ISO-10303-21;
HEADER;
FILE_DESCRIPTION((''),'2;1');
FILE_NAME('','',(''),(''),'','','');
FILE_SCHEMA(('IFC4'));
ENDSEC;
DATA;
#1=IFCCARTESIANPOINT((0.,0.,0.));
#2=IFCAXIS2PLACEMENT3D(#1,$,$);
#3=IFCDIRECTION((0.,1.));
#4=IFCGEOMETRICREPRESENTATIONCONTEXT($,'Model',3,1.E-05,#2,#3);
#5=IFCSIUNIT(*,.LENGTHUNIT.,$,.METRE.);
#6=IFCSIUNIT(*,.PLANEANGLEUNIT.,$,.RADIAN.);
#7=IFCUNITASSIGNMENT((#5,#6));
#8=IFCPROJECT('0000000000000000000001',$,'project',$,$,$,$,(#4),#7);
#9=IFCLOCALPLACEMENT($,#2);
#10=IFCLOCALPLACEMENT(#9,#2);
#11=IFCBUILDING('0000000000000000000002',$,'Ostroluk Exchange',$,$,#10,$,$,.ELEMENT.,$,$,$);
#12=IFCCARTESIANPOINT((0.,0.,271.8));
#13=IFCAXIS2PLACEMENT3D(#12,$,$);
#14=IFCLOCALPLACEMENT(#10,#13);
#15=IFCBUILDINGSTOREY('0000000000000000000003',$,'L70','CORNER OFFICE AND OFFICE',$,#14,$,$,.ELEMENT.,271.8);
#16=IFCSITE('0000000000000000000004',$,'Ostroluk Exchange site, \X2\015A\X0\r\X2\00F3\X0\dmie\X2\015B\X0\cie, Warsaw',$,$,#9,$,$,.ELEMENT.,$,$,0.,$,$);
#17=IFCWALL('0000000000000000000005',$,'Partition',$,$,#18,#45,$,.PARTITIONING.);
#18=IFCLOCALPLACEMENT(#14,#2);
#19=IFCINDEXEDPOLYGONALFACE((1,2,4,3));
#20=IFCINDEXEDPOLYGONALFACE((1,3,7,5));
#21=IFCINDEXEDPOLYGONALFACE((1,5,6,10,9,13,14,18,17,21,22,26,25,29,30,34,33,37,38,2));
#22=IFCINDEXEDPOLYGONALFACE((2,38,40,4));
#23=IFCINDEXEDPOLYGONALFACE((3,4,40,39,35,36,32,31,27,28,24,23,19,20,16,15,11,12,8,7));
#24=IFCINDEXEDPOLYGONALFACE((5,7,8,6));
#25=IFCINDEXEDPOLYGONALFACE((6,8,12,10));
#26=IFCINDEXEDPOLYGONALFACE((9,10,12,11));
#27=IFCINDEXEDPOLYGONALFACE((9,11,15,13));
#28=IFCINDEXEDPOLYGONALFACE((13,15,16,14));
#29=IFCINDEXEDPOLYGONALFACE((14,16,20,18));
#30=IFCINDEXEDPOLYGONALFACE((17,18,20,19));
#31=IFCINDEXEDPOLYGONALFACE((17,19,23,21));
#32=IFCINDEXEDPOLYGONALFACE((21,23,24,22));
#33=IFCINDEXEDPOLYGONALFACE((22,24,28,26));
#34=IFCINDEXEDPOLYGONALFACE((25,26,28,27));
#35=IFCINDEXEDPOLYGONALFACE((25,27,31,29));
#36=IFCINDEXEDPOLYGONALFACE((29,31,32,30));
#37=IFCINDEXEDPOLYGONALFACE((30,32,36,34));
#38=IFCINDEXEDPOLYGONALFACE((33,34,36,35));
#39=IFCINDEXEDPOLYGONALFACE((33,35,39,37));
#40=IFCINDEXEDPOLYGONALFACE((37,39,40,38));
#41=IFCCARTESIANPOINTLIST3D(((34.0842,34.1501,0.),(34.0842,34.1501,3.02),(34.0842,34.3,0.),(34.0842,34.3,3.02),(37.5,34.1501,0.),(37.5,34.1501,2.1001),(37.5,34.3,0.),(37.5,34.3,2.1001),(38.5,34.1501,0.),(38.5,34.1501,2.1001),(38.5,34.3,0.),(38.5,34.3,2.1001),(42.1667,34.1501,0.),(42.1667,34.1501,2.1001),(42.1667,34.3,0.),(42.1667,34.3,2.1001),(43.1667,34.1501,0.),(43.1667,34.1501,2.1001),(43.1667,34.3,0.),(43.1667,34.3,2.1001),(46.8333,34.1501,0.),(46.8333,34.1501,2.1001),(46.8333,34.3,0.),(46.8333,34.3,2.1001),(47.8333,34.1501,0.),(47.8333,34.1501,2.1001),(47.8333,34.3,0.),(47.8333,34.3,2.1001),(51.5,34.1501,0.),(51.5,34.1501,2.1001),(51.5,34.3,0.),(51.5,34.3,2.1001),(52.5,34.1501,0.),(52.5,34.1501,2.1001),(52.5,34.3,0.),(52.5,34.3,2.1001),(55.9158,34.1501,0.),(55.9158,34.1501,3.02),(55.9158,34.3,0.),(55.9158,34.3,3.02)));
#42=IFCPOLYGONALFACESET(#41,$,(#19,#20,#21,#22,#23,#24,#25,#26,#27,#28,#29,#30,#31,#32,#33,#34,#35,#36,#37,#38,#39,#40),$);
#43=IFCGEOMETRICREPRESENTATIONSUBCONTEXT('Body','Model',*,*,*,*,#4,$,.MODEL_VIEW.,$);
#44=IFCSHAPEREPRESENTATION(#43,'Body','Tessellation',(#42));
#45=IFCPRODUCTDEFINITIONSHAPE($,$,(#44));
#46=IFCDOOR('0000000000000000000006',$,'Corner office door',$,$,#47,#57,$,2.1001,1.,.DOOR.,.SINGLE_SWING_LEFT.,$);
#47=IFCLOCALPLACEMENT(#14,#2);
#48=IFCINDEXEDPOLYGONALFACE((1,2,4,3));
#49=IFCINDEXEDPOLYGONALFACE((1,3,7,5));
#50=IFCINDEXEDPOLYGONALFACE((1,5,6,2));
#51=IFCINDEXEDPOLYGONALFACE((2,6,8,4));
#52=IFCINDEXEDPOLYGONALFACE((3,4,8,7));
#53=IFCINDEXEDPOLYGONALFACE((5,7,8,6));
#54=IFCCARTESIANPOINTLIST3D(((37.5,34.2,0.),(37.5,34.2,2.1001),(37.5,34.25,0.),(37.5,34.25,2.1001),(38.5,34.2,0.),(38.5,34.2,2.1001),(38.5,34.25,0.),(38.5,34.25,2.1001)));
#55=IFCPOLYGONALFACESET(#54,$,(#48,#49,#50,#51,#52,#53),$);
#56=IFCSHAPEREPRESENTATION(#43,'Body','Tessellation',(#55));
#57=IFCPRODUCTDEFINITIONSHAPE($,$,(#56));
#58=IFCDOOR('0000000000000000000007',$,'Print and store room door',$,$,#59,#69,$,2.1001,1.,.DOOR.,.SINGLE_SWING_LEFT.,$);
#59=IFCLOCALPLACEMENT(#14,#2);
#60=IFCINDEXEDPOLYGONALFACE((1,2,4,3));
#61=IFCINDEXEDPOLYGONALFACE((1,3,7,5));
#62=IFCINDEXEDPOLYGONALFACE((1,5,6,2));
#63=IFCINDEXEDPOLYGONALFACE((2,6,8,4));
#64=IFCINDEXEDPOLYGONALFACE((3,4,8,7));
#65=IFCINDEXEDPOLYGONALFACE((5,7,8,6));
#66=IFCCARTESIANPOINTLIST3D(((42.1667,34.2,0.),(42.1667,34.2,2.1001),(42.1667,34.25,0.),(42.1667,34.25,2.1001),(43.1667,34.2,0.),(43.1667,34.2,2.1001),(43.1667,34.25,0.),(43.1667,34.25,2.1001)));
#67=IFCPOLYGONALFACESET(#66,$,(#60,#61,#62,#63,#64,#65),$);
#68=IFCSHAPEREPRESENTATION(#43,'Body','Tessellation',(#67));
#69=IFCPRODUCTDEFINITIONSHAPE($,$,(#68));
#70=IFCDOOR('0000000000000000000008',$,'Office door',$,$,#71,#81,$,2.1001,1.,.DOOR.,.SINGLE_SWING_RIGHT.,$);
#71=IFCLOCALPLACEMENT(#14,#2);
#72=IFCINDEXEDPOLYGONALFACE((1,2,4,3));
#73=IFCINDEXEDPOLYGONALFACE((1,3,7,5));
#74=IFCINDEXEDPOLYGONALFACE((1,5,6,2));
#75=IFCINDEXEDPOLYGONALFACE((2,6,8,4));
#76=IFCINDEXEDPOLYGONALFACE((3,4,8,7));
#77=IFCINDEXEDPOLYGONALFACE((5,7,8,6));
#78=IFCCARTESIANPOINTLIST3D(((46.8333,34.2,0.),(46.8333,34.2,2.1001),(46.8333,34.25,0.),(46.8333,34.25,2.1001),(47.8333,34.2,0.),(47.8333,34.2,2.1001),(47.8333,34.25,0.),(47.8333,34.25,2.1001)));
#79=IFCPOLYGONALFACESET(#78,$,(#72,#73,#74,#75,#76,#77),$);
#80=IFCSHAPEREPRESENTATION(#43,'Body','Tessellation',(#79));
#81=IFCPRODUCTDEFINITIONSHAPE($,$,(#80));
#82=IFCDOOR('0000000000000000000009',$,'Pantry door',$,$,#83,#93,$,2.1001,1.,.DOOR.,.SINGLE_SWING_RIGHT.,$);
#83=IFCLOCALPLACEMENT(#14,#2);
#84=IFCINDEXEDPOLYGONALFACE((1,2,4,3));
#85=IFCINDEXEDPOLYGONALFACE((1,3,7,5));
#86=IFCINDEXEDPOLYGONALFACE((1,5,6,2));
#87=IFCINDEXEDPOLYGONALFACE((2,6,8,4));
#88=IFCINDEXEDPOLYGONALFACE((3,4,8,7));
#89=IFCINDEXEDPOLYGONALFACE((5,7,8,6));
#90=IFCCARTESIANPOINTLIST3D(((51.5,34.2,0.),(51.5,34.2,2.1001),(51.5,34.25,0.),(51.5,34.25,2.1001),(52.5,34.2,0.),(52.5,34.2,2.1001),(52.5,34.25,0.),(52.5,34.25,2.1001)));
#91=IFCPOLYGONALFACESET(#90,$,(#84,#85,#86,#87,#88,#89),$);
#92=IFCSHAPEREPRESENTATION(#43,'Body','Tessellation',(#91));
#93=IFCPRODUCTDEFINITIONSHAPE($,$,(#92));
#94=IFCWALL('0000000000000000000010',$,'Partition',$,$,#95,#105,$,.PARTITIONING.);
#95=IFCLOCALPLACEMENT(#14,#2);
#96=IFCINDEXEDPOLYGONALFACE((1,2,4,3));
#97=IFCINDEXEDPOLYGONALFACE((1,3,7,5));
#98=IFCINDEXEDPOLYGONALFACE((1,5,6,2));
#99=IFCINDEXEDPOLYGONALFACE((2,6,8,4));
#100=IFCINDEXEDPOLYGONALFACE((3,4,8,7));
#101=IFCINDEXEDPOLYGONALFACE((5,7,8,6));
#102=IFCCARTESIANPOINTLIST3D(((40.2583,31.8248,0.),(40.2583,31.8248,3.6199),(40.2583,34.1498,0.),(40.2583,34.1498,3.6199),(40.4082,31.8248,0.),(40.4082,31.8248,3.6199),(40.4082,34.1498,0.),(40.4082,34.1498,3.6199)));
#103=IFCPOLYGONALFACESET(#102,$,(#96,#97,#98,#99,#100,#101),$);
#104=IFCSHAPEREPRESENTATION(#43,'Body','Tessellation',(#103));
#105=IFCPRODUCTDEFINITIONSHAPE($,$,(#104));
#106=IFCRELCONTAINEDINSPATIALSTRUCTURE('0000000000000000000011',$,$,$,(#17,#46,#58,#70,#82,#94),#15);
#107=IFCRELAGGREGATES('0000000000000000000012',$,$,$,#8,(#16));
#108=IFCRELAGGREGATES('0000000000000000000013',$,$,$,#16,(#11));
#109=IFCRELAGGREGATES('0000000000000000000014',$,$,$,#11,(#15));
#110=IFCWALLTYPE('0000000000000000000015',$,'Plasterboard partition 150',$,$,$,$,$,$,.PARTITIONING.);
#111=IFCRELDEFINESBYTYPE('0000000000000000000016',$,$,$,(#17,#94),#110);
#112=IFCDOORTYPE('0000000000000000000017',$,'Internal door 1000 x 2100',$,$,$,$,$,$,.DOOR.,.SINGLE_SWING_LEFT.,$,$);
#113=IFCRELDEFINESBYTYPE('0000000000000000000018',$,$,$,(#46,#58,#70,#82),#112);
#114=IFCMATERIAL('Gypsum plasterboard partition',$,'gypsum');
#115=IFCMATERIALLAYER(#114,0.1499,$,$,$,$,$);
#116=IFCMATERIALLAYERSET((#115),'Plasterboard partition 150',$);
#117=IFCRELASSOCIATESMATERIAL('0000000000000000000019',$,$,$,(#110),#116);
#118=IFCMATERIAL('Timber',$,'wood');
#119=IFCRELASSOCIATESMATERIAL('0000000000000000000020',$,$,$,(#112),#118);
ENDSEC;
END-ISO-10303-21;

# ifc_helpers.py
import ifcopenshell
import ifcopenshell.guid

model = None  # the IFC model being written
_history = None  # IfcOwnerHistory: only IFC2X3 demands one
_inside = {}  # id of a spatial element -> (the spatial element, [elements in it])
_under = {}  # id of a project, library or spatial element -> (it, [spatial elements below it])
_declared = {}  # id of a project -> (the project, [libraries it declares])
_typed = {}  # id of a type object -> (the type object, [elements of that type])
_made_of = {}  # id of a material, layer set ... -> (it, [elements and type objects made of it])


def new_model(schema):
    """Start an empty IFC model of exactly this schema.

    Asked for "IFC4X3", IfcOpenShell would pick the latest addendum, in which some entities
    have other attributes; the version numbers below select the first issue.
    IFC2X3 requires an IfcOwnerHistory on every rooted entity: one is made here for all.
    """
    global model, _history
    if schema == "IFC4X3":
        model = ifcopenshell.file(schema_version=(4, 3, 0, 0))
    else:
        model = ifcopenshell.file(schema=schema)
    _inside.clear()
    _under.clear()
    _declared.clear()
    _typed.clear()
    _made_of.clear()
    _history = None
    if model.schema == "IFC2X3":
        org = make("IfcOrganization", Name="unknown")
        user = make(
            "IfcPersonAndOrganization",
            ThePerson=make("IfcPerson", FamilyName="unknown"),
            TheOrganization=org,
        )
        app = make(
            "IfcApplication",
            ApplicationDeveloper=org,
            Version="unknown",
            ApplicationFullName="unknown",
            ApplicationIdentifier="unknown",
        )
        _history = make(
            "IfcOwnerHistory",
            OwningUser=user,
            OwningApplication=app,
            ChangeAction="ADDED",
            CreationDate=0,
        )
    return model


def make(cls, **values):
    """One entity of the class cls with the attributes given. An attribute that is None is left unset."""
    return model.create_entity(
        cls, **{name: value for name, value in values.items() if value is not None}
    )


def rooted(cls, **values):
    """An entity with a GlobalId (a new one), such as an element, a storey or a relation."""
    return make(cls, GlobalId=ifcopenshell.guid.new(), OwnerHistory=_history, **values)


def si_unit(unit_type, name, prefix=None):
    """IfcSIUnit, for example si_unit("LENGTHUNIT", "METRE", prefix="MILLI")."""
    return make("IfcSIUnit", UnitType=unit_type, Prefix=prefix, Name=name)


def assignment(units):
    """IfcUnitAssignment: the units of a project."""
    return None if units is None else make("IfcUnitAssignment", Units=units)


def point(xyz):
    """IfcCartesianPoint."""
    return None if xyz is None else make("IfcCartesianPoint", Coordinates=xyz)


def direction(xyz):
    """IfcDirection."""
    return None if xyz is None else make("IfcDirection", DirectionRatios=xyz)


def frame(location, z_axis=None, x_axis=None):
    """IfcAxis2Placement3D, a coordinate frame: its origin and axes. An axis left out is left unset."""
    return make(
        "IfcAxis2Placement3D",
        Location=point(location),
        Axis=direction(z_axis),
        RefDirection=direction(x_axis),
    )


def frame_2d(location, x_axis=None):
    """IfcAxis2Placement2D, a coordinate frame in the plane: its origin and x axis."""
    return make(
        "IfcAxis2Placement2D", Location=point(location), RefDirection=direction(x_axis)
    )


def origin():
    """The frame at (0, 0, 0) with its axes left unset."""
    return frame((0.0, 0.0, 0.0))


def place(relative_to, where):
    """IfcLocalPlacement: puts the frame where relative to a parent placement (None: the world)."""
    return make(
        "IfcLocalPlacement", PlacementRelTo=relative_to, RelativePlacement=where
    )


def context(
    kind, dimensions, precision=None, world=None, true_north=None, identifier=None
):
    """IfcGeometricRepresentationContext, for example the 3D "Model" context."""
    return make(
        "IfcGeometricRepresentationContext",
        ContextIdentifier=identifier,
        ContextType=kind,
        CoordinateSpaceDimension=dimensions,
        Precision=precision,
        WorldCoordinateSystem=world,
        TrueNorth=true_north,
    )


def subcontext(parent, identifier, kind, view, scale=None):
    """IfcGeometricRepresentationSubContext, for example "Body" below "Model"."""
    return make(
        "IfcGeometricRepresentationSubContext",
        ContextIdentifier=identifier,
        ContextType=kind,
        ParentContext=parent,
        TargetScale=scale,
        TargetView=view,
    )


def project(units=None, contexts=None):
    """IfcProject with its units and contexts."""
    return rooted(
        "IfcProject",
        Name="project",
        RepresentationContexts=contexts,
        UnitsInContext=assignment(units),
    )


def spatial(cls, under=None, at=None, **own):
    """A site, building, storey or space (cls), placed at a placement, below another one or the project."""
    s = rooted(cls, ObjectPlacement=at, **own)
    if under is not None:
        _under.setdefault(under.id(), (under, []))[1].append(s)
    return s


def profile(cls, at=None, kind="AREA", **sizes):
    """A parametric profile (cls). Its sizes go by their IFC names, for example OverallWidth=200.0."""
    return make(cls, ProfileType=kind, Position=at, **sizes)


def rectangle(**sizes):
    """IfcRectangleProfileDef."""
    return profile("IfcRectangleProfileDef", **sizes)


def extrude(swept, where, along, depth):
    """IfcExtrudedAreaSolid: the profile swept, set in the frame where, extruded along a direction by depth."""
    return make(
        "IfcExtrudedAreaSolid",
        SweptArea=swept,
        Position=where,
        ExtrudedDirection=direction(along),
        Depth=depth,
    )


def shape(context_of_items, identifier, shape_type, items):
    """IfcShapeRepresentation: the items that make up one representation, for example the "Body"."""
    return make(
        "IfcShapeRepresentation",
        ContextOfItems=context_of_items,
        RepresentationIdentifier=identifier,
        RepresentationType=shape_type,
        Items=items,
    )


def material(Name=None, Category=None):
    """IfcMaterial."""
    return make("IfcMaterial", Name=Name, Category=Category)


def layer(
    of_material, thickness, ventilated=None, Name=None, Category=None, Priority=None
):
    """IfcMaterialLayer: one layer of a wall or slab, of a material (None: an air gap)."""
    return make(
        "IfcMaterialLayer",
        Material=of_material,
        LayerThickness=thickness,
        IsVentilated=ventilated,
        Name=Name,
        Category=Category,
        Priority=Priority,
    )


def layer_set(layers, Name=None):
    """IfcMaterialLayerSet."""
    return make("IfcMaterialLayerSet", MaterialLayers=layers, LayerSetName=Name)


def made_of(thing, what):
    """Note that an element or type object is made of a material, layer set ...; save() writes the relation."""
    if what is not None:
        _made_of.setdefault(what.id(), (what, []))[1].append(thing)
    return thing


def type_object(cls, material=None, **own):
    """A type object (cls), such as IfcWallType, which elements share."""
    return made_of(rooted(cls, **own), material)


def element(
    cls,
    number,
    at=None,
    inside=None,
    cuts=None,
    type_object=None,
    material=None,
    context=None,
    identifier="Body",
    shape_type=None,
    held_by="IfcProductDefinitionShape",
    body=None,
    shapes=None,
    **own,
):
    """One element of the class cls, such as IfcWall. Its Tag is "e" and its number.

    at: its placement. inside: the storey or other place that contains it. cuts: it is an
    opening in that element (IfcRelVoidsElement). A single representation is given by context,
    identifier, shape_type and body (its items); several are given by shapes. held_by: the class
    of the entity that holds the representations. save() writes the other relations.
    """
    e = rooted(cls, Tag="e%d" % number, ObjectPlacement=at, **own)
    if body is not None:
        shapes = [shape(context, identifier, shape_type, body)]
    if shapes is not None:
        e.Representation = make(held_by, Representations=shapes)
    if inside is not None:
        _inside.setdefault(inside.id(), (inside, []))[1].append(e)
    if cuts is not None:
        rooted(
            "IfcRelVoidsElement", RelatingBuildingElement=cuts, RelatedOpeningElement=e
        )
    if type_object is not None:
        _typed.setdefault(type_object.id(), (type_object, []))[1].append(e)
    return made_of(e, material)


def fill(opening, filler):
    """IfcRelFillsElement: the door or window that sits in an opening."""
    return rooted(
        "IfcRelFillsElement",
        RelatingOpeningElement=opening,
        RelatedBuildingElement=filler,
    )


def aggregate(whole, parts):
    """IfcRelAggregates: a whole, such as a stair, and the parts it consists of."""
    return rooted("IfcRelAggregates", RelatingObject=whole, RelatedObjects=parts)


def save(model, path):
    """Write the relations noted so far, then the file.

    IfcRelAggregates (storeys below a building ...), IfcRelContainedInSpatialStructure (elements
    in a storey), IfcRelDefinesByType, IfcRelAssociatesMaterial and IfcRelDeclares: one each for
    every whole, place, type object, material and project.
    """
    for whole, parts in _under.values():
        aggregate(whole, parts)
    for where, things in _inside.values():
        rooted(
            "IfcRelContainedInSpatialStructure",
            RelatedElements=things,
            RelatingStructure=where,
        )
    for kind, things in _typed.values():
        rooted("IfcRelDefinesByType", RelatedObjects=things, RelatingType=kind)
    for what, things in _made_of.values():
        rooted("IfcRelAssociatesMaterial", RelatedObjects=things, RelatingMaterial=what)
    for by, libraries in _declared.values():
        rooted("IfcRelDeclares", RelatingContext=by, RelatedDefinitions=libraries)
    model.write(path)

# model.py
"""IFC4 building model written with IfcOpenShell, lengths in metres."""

from ifc_helpers import new_model, si_unit, direction, frame, frame_2d, origin, place, context, subcontext, project, spatial, rectangle, extrude, material, layer, layer_set, type_object, element, fill, save


model = new_model("IFC4")

# Units and contexts
model_context = context("Model", 3, precision=1e-05, world=origin(), true_north=direction((0.0, 1.0)))
body_context = subcontext(model_context, "Body", "Model", "MODEL_VIEW")
ifc_project = project(units=[si_unit("LENGTHUNIT", "METRE"), si_unit("PLANEANGLEUNIT", "RADIAN")], contexts=[model_context])

# Site, building, storey
site_placement = place(None, origin())
site = spatial("IfcSite", under=ifc_project, at=site_placement, Name="Ostroluk Exchange site, Śródmieście, Warsaw", CompositionType="ELEMENT", RefElevation=0.0)
building_placement = place(site_placement, origin())
building = spatial("IfcBuilding", under=site, at=building_placement, Name="Ostroluk Exchange", CompositionType="ELEMENT")
storey_placement = place(building_placement, frame((0.0, 0.0, 271.8)))
storey = spatial("IfcBuildingStorey", under=building, at=storey_placement, Name="L70", Description="CORNER OFFICE AND OFFICE", CompositionType="ELEMENT", Elevation=271.8)

# Wall, openings, doors
ifc_material_1 = material(Name="Gypsum plasterboard partition", Category="gypsum")
ifc_layer_1 = layer(ifc_material_1, 0.1499)
ifc_layer_set_1 = layer_set([ifc_layer_1], Name="Plasterboard partition 150")
wall_type_1 = type_object("IfcWallType", Name="Plasterboard partition 150", PredefinedType="PARTITIONING", material=ifc_layer_set_1)
wall_1_placement = place(storey_placement, frame((34.0842, 34.2251, 0.0), z_axis=(0.0, 0.0, 1.0), x_axis=(1.0, 0.0, 0.0)))
wall_1 = element("IfcWall", 1, at=wall_1_placement, inside=storey, type_object=wall_type_1, Name="Partition", PredefinedType="PARTITIONING", context=body_context, shape_type="SweptSolid", body=[
    extrude(rectangle(XDim=21.8315, YDim=0.1499, at=frame_2d((10.9158, 0.0))), origin(), (0.0, 0.0, 1.0), 3.02),
])
opening_1_placement = place(wall_1_placement, frame((3.4158, 0.0, 0.0)))
opening_1 = element("IfcOpeningElement", 2, at=opening_1_placement, cuts=wall_1, PredefinedType="OPENING", context=body_context, shape_type="SweptSolid", body=[
    extrude(rectangle(XDim=1.0, YDim=2.1001, at=frame_2d((0.5, 1.05))), frame((0.0, 0.085, 0.0), z_axis=(0.0, -1.0, 0.0), x_axis=(1.0, 0.0, 0.0)), (0.0, 0.0, 1.0), 0.1699),
])
opening_2_placement = place(wall_1_placement, frame((8.0825, 0.0, 0.0)))
opening_2 = element("IfcOpeningElement", 3, at=opening_2_placement, cuts=wall_1, PredefinedType="OPENING", context=body_context, shape_type="SweptSolid", body=[
    extrude(rectangle(XDim=1.0, YDim=2.1001, at=frame_2d((0.5, 1.05))), frame((0.0, 0.085, 0.0), z_axis=(0.0, -1.0, 0.0), x_axis=(1.0, 0.0, 0.0)), (0.0, 0.0, 1.0), 0.1699),
])
opening_3_placement = place(wall_1_placement, frame((12.749, 0.0, 0.0)))
opening_3 = element("IfcOpeningElement", 4, at=opening_3_placement, cuts=wall_1, PredefinedType="OPENING", context=body_context, shape_type="SweptSolid", body=[
    extrude(rectangle(XDim=1.0, YDim=2.1001, at=frame_2d((0.5, 1.05))), frame((0.0, 0.085, 0.0), z_axis=(0.0, -1.0, 0.0), x_axis=(1.0, 0.0, 0.0)), (0.0, 0.0, 1.0), 0.1699),
])
opening_4_placement = place(wall_1_placement, frame((17.4158, 0.0, 0.0)))
opening_4 = element("IfcOpeningElement", 5, at=opening_4_placement, cuts=wall_1, PredefinedType="OPENING", context=body_context, shape_type="SweptSolid", body=[
    extrude(rectangle(XDim=1.0, YDim=2.1001, at=frame_2d((0.5, 1.05))), frame((0.0, 0.085, 0.0), z_axis=(0.0, -1.0, 0.0), x_axis=(1.0, 0.0, 0.0)), (0.0, 0.0, 1.0), 0.1699),
])
ifc_material_2 = material(Name="Timber", Category="wood")
door_type_1 = type_object("IfcDoorType", Name="Internal door 1000 x 2100", OperationType="SINGLE_SWING_LEFT", PredefinedType="DOOR", material=ifc_material_2)
door_1_placement = place(opening_1_placement, origin())
door_1 = element("IfcDoor", 6, at=door_1_placement, inside=storey, type_object=door_type_1, Name="Corner office door", OperationType="SINGLE_SWING_LEFT", OverallHeight=2.1001, OverallWidth=1.0, PredefinedType="DOOR", context=body_context, shape_type="SweptSolid", body=[
    extrude(rectangle(XDim=1.0, YDim=2.1001, at=frame_2d((0.5, 1.05))), frame((0.0, 0.0249, 0.0), z_axis=(0.0, -1.0, 0.0), x_axis=(1.0, 0.0, 0.0)), (0.0, 0.0, 1.0), 0.05),
])
fill(opening_1, door_1)
door_2_placement = place(opening_2_placement, origin())
door_2 = element("IfcDoor", 7, at=door_2_placement, inside=storey, type_object=door_type_1, Name="Print and store room door", OperationType="SINGLE_SWING_LEFT", OverallHeight=2.1001, OverallWidth=1.0, PredefinedType="DOOR", context=body_context, shape_type="SweptSolid", body=[
    extrude(rectangle(XDim=1.0, YDim=2.1001, at=frame_2d((0.5, 1.05))), frame((0.0, 0.0249, 0.0), z_axis=(0.0, -1.0, 0.0), x_axis=(1.0, 0.0, 0.0)), (0.0, 0.0, 1.0), 0.05),
])
fill(opening_2, door_2)
door_3_placement = place(opening_3_placement, origin())
door_3 = element("IfcDoor", 8, at=door_3_placement, inside=storey, type_object=door_type_1, Name="Office door", OperationType="SINGLE_SWING_RIGHT", OverallHeight=2.1001, OverallWidth=1.0, PredefinedType="DOOR", context=body_context, shape_type="SweptSolid", body=[
    extrude(rectangle(XDim=1.0, YDim=2.1001, at=frame_2d((0.5, 1.05))), frame((0.0, 0.0249, 0.0), z_axis=(0.0, -1.0, 0.0), x_axis=(1.0, 0.0, 0.0)), (0.0, 0.0, 1.0), 0.05),
])
fill(opening_3, door_3)
door_4_placement = place(opening_4_placement, origin())
door_4 = element("IfcDoor", 9, at=door_4_placement, inside=storey, type_object=door_type_1, Name="Pantry door", OperationType="SINGLE_SWING_RIGHT", OverallHeight=2.1001, OverallWidth=1.0, PredefinedType="DOOR", context=body_context, shape_type="SweptSolid", body=[
    extrude(rectangle(XDim=1.0, YDim=2.1001, at=frame_2d((0.5, 1.05))), frame((0.0, 0.0249, 0.0), z_axis=(0.0, -1.0, 0.0), x_axis=(1.0, 0.0, 0.0)), (0.0, 0.0, 1.0), 0.05),
])
fill(opening_4, door_4)

# Wall
wall_2_placement = place(storey_placement, frame((40.3333, 34.1499, 0.0), z_axis=(0.0, 0.0, 1.0), x_axis=(0.0, -1.0, 0.0)))
element("IfcWall", 10, at=wall_2_placement, inside=storey, type_object=wall_type_1, Name="Partition", PredefinedType="PARTITIONING", context=body_context, shape_type="SweptSolid", body=[
    extrude(rectangle(XDim=2.325, YDim=0.1499, at=frame_2d((1.1626, 0.0))), origin(), (0.0, 0.0, 1.0), 3.6199),
])

save(model, "model.ifc")
